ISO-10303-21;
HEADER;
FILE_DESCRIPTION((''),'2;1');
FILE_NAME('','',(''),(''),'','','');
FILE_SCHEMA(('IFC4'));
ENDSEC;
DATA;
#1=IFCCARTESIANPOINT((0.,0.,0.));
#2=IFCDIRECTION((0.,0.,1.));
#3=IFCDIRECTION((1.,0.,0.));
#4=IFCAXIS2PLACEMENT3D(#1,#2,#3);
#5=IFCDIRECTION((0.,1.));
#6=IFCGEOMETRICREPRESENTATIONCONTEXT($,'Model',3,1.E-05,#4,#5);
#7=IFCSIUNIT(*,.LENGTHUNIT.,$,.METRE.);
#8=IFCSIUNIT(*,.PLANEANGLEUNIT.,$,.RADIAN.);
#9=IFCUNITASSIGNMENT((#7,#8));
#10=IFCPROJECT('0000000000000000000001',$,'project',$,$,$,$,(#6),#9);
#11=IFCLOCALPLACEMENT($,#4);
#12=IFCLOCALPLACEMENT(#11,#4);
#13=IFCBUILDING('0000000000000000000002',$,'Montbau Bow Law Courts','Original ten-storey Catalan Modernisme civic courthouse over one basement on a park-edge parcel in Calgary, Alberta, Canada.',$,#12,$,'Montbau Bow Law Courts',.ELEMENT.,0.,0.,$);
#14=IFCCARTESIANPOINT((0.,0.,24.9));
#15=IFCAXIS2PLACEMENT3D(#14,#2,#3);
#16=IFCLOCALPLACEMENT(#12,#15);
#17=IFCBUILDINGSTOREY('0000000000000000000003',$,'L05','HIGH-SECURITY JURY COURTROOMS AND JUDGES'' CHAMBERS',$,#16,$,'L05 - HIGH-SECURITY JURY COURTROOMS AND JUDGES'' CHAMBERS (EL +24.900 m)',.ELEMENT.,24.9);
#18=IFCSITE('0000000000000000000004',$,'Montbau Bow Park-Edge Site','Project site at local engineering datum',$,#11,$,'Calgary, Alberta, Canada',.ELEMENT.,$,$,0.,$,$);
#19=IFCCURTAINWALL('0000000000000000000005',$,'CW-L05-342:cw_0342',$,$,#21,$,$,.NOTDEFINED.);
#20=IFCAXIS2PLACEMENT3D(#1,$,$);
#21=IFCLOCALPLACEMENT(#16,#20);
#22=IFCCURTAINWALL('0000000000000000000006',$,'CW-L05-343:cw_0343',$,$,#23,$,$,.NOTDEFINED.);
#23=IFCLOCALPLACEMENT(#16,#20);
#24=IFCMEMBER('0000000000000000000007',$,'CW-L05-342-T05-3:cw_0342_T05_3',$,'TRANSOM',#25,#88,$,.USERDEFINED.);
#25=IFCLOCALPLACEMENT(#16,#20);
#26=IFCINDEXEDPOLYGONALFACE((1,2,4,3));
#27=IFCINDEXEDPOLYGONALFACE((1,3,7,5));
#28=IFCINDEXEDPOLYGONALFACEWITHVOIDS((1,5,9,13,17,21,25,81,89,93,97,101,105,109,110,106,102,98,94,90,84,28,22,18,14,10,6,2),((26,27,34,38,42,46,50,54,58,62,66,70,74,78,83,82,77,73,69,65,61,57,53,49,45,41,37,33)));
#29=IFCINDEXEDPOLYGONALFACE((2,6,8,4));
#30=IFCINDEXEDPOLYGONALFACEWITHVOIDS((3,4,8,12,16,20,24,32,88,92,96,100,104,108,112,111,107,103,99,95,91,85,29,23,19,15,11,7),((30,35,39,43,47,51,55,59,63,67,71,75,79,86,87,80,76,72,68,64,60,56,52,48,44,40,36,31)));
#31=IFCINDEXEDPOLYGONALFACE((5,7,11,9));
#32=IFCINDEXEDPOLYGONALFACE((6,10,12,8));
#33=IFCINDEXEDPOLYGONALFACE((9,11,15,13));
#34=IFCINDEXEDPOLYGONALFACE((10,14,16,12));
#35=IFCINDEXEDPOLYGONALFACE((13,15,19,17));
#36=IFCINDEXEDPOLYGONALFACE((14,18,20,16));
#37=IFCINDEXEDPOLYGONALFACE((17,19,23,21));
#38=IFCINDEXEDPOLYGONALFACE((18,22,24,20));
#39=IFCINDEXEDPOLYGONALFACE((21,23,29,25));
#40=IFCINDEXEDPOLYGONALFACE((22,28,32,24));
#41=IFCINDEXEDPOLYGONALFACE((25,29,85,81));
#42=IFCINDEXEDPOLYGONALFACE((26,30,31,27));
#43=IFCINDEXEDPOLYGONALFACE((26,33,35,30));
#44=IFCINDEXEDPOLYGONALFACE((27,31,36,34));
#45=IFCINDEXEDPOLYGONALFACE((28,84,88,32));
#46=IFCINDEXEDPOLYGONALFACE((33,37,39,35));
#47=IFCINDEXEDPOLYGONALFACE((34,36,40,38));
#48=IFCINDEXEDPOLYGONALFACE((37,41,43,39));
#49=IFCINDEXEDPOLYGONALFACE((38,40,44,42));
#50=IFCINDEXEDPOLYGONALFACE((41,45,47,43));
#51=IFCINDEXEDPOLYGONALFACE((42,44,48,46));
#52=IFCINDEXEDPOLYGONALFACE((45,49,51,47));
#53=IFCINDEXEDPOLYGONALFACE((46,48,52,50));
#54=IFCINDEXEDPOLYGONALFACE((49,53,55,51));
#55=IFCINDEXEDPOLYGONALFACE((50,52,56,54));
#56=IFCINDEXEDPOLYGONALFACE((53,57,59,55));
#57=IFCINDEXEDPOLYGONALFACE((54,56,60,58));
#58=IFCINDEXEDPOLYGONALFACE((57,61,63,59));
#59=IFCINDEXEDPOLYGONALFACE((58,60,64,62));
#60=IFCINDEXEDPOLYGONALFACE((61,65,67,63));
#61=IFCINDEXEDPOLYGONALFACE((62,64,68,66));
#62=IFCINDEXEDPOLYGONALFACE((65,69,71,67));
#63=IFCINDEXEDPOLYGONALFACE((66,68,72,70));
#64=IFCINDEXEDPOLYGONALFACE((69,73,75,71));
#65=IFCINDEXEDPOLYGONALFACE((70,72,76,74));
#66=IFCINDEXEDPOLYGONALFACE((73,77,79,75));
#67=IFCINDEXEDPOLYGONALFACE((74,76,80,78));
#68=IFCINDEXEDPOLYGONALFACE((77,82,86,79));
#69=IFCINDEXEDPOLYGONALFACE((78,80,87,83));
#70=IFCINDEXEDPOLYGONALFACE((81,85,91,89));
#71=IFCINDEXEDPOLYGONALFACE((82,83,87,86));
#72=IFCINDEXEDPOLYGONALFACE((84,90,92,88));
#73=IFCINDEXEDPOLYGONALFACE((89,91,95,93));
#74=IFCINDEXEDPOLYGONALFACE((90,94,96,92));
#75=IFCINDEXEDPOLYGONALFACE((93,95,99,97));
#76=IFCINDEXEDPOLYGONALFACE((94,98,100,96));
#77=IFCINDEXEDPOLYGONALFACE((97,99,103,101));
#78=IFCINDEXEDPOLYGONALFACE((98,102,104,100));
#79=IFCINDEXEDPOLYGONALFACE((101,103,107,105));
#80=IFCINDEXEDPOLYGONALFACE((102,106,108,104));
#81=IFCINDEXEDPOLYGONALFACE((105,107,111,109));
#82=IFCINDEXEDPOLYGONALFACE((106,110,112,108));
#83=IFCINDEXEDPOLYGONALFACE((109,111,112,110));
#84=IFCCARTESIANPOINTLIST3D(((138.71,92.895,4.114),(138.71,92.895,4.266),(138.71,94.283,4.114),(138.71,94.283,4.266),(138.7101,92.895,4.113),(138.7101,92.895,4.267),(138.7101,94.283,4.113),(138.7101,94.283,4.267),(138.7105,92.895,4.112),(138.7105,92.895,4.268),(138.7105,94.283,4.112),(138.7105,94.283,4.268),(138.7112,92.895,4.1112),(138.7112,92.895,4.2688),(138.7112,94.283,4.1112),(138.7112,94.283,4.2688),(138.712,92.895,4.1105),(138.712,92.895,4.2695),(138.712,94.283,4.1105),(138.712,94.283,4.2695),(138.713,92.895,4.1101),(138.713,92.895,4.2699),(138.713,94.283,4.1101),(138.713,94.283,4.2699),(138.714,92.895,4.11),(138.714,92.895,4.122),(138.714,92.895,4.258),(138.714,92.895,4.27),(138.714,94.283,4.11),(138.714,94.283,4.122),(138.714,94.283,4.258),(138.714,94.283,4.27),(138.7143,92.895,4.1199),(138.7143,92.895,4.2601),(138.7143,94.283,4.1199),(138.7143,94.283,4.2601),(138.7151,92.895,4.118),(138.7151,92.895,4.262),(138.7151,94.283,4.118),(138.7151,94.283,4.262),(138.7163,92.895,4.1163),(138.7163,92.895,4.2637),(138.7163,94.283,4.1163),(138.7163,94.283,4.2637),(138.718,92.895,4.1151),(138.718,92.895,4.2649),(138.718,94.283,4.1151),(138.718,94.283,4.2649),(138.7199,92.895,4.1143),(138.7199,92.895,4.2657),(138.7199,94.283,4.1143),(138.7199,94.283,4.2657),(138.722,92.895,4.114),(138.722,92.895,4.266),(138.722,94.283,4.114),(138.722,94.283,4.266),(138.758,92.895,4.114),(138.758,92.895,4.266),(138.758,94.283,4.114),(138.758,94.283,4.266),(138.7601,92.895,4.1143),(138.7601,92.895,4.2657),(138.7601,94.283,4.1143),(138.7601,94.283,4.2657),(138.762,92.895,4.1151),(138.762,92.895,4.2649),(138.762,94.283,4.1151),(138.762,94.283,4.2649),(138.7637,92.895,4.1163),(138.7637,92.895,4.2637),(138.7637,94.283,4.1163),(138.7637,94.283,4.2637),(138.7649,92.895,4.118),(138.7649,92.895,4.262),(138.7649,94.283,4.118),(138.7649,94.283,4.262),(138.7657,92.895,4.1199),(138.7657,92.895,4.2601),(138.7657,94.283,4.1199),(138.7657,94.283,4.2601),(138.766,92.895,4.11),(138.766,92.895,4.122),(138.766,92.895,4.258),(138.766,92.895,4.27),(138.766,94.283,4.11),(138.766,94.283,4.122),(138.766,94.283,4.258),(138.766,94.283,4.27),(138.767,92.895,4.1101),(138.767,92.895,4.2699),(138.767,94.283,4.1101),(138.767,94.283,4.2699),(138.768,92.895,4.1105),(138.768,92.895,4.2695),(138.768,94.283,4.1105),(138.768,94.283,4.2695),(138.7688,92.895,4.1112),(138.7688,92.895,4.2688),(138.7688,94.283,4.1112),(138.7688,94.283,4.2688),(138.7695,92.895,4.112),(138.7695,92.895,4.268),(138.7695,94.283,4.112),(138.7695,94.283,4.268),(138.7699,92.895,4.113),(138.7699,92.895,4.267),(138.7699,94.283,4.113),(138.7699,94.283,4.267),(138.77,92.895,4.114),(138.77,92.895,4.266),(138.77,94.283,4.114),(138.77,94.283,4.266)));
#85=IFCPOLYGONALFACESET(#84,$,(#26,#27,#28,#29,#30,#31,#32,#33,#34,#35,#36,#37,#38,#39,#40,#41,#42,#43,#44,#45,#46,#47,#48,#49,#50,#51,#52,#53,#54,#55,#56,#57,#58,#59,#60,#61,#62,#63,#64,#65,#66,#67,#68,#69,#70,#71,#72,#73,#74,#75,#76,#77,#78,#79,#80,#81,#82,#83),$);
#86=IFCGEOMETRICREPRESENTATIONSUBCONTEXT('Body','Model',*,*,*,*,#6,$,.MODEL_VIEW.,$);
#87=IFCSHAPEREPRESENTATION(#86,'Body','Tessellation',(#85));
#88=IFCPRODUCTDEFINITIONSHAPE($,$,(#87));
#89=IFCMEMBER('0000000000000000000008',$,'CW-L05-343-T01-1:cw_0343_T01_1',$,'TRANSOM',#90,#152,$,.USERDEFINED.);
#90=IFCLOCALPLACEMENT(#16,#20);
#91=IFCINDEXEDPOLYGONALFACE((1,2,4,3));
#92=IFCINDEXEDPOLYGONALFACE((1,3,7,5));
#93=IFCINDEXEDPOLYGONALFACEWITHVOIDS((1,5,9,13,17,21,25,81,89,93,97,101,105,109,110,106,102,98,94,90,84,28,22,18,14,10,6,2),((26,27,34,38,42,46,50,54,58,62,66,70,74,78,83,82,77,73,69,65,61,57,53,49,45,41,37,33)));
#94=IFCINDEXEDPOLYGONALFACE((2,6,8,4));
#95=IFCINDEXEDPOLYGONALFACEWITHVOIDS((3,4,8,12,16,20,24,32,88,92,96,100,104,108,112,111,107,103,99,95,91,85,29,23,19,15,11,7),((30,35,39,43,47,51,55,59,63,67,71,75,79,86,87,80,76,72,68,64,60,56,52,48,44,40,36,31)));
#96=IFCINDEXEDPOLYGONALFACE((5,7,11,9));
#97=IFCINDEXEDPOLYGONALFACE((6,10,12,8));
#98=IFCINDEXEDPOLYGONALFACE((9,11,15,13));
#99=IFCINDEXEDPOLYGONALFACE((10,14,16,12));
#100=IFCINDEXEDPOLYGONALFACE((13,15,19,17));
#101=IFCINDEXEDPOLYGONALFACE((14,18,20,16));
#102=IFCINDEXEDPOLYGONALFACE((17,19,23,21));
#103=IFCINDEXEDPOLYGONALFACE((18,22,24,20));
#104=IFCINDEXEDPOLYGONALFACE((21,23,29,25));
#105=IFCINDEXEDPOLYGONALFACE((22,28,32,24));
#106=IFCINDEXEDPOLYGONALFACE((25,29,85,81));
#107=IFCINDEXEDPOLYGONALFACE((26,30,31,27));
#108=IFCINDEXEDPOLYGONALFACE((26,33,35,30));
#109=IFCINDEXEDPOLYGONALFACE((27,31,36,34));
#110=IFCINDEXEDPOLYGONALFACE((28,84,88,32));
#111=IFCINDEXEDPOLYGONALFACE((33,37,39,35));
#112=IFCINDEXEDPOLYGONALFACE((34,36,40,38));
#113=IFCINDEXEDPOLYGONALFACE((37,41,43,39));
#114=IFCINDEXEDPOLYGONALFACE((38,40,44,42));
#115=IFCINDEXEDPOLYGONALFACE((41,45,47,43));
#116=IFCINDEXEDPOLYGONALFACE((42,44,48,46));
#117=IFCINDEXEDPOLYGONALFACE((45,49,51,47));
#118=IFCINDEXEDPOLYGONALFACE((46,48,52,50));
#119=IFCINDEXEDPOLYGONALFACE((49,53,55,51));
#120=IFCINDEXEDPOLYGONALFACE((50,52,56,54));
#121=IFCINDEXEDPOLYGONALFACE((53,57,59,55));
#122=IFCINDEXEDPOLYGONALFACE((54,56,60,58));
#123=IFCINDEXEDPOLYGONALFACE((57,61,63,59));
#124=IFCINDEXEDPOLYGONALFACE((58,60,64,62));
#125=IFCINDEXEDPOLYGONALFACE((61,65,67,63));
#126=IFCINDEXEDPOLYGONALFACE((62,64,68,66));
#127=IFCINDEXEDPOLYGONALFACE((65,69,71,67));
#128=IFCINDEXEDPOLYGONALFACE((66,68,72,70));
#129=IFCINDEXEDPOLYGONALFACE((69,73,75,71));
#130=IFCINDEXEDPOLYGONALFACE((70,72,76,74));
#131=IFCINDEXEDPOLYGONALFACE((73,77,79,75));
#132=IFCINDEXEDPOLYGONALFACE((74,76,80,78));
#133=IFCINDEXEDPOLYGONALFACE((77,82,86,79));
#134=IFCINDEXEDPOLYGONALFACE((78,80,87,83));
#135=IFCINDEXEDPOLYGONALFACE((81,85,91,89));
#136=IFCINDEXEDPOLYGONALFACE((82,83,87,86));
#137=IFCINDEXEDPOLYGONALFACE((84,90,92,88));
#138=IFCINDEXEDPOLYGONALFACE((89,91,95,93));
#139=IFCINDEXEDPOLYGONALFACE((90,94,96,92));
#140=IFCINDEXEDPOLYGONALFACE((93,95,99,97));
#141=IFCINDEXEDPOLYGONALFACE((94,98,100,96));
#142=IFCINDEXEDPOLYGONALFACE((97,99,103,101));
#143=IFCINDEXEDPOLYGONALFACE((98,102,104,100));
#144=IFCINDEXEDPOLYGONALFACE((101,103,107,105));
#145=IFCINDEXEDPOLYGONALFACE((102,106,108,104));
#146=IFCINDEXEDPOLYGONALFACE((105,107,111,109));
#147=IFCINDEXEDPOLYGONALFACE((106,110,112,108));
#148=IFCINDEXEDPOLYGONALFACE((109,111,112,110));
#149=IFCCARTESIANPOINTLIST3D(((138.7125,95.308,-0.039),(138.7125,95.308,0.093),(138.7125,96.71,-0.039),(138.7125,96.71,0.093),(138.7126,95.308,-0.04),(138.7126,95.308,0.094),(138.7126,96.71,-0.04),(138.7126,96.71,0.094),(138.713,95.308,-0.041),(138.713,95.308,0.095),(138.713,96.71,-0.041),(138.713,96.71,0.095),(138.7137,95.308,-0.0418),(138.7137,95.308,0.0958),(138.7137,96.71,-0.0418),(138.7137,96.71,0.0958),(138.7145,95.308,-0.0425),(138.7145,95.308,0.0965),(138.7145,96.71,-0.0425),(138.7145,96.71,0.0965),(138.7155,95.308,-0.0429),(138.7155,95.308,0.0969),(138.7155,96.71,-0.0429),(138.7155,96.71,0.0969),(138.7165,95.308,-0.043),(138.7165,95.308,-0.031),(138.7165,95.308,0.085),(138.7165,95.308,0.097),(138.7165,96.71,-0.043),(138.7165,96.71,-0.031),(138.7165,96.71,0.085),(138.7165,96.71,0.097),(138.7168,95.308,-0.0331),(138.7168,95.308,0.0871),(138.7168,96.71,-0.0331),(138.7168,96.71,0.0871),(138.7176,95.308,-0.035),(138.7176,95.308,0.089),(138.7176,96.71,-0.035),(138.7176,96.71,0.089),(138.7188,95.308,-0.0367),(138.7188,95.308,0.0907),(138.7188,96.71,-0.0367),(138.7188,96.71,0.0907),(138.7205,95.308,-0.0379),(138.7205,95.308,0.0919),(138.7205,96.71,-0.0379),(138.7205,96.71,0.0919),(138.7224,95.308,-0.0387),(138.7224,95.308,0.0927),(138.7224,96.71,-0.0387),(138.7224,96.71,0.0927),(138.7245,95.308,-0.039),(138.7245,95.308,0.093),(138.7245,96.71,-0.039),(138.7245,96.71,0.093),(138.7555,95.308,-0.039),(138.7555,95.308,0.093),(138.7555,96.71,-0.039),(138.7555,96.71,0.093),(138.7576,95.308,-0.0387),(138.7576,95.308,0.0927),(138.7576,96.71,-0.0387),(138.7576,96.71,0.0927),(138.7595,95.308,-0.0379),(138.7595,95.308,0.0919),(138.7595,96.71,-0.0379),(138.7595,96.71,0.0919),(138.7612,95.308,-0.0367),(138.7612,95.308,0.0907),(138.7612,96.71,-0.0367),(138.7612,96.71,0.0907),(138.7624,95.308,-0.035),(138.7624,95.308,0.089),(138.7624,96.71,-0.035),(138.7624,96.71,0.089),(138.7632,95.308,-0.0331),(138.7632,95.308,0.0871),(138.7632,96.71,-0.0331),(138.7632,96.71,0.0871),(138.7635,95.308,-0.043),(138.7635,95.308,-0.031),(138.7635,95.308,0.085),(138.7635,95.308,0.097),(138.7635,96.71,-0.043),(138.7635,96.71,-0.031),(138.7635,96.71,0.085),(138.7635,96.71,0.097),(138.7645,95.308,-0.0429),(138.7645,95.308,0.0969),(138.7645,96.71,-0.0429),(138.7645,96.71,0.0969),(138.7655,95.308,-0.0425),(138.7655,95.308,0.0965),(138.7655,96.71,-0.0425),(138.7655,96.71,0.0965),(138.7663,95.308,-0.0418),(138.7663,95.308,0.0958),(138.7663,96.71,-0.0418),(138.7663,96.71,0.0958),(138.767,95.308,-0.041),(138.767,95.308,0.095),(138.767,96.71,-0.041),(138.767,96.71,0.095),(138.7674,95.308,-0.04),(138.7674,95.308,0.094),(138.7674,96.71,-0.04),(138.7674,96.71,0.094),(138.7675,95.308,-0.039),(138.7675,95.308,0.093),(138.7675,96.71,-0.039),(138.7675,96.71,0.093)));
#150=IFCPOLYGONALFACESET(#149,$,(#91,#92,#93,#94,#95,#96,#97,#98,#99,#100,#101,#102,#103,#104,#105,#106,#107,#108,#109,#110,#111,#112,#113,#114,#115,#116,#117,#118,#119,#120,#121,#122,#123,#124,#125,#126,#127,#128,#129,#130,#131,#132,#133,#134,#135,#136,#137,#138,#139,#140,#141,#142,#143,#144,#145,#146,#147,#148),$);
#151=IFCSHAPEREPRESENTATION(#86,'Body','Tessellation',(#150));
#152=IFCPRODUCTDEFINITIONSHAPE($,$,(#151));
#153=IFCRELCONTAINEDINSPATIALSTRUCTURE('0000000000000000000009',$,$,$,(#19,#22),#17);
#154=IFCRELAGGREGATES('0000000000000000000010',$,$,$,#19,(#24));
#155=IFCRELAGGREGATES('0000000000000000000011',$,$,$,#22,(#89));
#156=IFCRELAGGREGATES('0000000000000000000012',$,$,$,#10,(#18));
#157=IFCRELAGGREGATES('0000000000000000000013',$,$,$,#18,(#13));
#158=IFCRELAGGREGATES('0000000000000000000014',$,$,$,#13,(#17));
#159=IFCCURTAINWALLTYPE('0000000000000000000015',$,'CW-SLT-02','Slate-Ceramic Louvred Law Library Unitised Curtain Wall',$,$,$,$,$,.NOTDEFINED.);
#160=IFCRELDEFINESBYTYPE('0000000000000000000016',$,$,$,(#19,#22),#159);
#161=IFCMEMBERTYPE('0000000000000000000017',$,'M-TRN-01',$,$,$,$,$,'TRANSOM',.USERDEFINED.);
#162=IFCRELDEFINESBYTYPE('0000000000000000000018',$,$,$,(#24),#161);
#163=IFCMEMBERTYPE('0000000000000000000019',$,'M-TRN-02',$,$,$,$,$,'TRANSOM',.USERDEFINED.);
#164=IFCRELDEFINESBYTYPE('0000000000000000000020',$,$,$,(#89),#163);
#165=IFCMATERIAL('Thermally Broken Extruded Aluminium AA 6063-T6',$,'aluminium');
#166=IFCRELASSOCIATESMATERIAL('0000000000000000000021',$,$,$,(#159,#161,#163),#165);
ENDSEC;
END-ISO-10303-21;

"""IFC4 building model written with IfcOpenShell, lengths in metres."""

from ifc_helpers import new_model, si_unit, direction, frame, origin_with_axes, origin_2d_with_axis, place, context, subcontext, project, spatial, hollow_rectangle, extrude, material, material_profile, profile_set, type_object, element, aggregate, save


model = new_model("IFC4")

# Units and contexts
model_context = context("Model", 3, precision=1e-05, world=origin_with_axes(), true_north=direction((0.0, 1.0)))
body_context = subcontext(model_context, "Body", "Model", "MODEL_VIEW")
ifc_project = project(units=[si_unit("LENGTHUNIT", "METRE"), si_unit("PLANEANGLEUNIT", "RADIAN")], contexts=[model_context])

# Site, building, storey
site_placement = place(None, origin_with_axes())
site = spatial("IfcSite", under=ifc_project, at=site_placement, Name="Montbau Bow Park-Edge Site", Description="Project site at local engineering datum", LongName="Calgary, Alberta, Canada", CompositionType="ELEMENT", RefElevation=0.0)
building_placement = place(site_placement, origin_with_axes())
building = spatial("IfcBuilding", under=site, at=building_placement, Name="Montbau Bow Law Courts", Description="Original ten-storey Catalan Modernisme civic courthouse over one basement on a park-edge parcel in Calgary, Alberta, Canada.", LongName="Montbau Bow Law Courts", CompositionType="ELEMENT", ElevationOfRefHeight=0.0, ElevationOfTerrain=0.0)
storey_placement = place(building_placement, frame((0.0, 0.0, 24.9), z_axis=(0.0, 0.0, 1.0), x_axis=(1.0, 0.0, 0.0)))
storey = spatial("IfcBuildingStorey", under=building, at=storey_placement, Name="L05", Description="HIGH-SECURITY JURY COURTROOMS AND JUDGES' CHAMBERS", LongName="L05 - HIGH-SECURITY JURY COURTROOMS AND JUDGES' CHAMBERS (EL +24.900 m)", CompositionType="ELEMENT", Elevation=24.9)

# Curtain walls
ifc_material_1 = material(Name="Thermally Broken Extruded Aluminium AA 6063-T6", Category="aluminium")
curtain_wall_type = type_object("IfcCurtainWallType", Name="CW-SLT-02", Description="Slate-Ceramic Louvred Law Library Unitised Curtain Wall", PredefinedType="NOTDEFINED", material=ifc_material_1)
curtain_wall_1_placement = place(None, frame((138.74, 86.84, 24.9), z_axis=(0.0, 0.0, 1.0), x_axis=(1.0, 0.0, 0.0)))
curtain_wall_1 = element("IfcCurtainWall", 1, at=curtain_wall_1_placement, inside=storey, type_object=curtain_wall_type, Name="CW-L05-342:cw_0342", PredefinedType="NOTDEFINED")
curtain_wall_2_placement = place(None, frame((138.74, 95.24, 24.9), z_axis=(0.0, 0.0, 1.0), x_axis=(1.0, 0.0, 0.0)))
curtain_wall_2 = element("IfcCurtainWall", 2, at=curtain_wall_2_placement, inside=storey, type_object=curtain_wall_type, Name="CW-L05-343:cw_0343", PredefinedType="NOTDEFINED")

# Members
ifc_material_profile_1 = material_profile(ifc_material_1, hollow_rectangle(XDim=0.06, YDim=0.16, WallThickness=0.004, InnerFilletRadius=0.008, OuterFilletRadius=0.004, at=origin_2d_with_axis()), Name="CWT-160X60", Category="Main", Priority=0)
ifc_profile_set_1 = profile_set([ifc_material_profile_1], Name="Thermally Broken Extruded Aluminium AA 6063-T6")
member_type_1 = type_object("IfcMemberType", Name="M-TRN-01", ElementType="TRANSOM", PredefinedType="USERDEFINED", material=ifc_profile_set_1)
member_1_placement = place(None, frame((138.74, 92.895, 29.09), z_axis=(0.0, 1.0, 0.0), x_axis=(-1.0, 0.0, 0.0)))
member_1 = element("IfcMember", 3, at=member_1_placement, type_object=member_type_1, Name="CW-L05-342-T05-3:cw_0342_T05_3", ObjectType="TRANSOM", PredefinedType="USERDEFINED", context=body_context, shape_type="SweptSolid", body=[
    extrude(hollow_rectangle(XDim=0.06, YDim=0.16, WallThickness=0.004, InnerFilletRadius=0.008, OuterFilletRadius=0.004, at=origin_2d_with_axis()), origin_with_axes(), (0.0, 0.0, 1.0), 1.388),
])
ifc_material_profile_2 = material_profile(ifc_material_1, hollow_rectangle(XDim=0.055, YDim=0.14, WallThickness=0.004, InnerFilletRadius=0.008, OuterFilletRadius=0.004, at=origin_2d_with_axis()), Name="CWT-140X55", Category="Main", Priority=0)
ifc_profile_set_2 = profile_set([ifc_material_profile_2], Name="Thermally Broken Extruded Aluminium AA 6063-T6")
member_type_2 = type_object("IfcMemberType", Name="M-TRN-02", ElementType="TRANSOM", PredefinedType="USERDEFINED", material=ifc_profile_set_2)
member_2_placement = place(None, frame((138.74, 95.308, 24.927), z_axis=(0.0, 1.0, 0.0), x_axis=(-1.0, 0.0, 0.0)))
member_2 = element("IfcMember", 4, at=member_2_placement, type_object=member_type_2, Name="CW-L05-343-T01-1:cw_0343_T01_1", ObjectType="TRANSOM", PredefinedType="USERDEFINED", context=body_context, shape_type="SweptSolid", body=[
    extrude(hollow_rectangle(XDim=0.055, YDim=0.14, WallThickness=0.004, InnerFilletRadius=0.008, OuterFilletRadius=0.004, at=origin_2d_with_axis()), origin_with_axes(), (0.0, 0.0, 1.0), 1.402),
])

aggregate(curtain_wall_1, [member_1])
aggregate(curtain_wall_2, [member_2])

save(model, "model.ifc")
